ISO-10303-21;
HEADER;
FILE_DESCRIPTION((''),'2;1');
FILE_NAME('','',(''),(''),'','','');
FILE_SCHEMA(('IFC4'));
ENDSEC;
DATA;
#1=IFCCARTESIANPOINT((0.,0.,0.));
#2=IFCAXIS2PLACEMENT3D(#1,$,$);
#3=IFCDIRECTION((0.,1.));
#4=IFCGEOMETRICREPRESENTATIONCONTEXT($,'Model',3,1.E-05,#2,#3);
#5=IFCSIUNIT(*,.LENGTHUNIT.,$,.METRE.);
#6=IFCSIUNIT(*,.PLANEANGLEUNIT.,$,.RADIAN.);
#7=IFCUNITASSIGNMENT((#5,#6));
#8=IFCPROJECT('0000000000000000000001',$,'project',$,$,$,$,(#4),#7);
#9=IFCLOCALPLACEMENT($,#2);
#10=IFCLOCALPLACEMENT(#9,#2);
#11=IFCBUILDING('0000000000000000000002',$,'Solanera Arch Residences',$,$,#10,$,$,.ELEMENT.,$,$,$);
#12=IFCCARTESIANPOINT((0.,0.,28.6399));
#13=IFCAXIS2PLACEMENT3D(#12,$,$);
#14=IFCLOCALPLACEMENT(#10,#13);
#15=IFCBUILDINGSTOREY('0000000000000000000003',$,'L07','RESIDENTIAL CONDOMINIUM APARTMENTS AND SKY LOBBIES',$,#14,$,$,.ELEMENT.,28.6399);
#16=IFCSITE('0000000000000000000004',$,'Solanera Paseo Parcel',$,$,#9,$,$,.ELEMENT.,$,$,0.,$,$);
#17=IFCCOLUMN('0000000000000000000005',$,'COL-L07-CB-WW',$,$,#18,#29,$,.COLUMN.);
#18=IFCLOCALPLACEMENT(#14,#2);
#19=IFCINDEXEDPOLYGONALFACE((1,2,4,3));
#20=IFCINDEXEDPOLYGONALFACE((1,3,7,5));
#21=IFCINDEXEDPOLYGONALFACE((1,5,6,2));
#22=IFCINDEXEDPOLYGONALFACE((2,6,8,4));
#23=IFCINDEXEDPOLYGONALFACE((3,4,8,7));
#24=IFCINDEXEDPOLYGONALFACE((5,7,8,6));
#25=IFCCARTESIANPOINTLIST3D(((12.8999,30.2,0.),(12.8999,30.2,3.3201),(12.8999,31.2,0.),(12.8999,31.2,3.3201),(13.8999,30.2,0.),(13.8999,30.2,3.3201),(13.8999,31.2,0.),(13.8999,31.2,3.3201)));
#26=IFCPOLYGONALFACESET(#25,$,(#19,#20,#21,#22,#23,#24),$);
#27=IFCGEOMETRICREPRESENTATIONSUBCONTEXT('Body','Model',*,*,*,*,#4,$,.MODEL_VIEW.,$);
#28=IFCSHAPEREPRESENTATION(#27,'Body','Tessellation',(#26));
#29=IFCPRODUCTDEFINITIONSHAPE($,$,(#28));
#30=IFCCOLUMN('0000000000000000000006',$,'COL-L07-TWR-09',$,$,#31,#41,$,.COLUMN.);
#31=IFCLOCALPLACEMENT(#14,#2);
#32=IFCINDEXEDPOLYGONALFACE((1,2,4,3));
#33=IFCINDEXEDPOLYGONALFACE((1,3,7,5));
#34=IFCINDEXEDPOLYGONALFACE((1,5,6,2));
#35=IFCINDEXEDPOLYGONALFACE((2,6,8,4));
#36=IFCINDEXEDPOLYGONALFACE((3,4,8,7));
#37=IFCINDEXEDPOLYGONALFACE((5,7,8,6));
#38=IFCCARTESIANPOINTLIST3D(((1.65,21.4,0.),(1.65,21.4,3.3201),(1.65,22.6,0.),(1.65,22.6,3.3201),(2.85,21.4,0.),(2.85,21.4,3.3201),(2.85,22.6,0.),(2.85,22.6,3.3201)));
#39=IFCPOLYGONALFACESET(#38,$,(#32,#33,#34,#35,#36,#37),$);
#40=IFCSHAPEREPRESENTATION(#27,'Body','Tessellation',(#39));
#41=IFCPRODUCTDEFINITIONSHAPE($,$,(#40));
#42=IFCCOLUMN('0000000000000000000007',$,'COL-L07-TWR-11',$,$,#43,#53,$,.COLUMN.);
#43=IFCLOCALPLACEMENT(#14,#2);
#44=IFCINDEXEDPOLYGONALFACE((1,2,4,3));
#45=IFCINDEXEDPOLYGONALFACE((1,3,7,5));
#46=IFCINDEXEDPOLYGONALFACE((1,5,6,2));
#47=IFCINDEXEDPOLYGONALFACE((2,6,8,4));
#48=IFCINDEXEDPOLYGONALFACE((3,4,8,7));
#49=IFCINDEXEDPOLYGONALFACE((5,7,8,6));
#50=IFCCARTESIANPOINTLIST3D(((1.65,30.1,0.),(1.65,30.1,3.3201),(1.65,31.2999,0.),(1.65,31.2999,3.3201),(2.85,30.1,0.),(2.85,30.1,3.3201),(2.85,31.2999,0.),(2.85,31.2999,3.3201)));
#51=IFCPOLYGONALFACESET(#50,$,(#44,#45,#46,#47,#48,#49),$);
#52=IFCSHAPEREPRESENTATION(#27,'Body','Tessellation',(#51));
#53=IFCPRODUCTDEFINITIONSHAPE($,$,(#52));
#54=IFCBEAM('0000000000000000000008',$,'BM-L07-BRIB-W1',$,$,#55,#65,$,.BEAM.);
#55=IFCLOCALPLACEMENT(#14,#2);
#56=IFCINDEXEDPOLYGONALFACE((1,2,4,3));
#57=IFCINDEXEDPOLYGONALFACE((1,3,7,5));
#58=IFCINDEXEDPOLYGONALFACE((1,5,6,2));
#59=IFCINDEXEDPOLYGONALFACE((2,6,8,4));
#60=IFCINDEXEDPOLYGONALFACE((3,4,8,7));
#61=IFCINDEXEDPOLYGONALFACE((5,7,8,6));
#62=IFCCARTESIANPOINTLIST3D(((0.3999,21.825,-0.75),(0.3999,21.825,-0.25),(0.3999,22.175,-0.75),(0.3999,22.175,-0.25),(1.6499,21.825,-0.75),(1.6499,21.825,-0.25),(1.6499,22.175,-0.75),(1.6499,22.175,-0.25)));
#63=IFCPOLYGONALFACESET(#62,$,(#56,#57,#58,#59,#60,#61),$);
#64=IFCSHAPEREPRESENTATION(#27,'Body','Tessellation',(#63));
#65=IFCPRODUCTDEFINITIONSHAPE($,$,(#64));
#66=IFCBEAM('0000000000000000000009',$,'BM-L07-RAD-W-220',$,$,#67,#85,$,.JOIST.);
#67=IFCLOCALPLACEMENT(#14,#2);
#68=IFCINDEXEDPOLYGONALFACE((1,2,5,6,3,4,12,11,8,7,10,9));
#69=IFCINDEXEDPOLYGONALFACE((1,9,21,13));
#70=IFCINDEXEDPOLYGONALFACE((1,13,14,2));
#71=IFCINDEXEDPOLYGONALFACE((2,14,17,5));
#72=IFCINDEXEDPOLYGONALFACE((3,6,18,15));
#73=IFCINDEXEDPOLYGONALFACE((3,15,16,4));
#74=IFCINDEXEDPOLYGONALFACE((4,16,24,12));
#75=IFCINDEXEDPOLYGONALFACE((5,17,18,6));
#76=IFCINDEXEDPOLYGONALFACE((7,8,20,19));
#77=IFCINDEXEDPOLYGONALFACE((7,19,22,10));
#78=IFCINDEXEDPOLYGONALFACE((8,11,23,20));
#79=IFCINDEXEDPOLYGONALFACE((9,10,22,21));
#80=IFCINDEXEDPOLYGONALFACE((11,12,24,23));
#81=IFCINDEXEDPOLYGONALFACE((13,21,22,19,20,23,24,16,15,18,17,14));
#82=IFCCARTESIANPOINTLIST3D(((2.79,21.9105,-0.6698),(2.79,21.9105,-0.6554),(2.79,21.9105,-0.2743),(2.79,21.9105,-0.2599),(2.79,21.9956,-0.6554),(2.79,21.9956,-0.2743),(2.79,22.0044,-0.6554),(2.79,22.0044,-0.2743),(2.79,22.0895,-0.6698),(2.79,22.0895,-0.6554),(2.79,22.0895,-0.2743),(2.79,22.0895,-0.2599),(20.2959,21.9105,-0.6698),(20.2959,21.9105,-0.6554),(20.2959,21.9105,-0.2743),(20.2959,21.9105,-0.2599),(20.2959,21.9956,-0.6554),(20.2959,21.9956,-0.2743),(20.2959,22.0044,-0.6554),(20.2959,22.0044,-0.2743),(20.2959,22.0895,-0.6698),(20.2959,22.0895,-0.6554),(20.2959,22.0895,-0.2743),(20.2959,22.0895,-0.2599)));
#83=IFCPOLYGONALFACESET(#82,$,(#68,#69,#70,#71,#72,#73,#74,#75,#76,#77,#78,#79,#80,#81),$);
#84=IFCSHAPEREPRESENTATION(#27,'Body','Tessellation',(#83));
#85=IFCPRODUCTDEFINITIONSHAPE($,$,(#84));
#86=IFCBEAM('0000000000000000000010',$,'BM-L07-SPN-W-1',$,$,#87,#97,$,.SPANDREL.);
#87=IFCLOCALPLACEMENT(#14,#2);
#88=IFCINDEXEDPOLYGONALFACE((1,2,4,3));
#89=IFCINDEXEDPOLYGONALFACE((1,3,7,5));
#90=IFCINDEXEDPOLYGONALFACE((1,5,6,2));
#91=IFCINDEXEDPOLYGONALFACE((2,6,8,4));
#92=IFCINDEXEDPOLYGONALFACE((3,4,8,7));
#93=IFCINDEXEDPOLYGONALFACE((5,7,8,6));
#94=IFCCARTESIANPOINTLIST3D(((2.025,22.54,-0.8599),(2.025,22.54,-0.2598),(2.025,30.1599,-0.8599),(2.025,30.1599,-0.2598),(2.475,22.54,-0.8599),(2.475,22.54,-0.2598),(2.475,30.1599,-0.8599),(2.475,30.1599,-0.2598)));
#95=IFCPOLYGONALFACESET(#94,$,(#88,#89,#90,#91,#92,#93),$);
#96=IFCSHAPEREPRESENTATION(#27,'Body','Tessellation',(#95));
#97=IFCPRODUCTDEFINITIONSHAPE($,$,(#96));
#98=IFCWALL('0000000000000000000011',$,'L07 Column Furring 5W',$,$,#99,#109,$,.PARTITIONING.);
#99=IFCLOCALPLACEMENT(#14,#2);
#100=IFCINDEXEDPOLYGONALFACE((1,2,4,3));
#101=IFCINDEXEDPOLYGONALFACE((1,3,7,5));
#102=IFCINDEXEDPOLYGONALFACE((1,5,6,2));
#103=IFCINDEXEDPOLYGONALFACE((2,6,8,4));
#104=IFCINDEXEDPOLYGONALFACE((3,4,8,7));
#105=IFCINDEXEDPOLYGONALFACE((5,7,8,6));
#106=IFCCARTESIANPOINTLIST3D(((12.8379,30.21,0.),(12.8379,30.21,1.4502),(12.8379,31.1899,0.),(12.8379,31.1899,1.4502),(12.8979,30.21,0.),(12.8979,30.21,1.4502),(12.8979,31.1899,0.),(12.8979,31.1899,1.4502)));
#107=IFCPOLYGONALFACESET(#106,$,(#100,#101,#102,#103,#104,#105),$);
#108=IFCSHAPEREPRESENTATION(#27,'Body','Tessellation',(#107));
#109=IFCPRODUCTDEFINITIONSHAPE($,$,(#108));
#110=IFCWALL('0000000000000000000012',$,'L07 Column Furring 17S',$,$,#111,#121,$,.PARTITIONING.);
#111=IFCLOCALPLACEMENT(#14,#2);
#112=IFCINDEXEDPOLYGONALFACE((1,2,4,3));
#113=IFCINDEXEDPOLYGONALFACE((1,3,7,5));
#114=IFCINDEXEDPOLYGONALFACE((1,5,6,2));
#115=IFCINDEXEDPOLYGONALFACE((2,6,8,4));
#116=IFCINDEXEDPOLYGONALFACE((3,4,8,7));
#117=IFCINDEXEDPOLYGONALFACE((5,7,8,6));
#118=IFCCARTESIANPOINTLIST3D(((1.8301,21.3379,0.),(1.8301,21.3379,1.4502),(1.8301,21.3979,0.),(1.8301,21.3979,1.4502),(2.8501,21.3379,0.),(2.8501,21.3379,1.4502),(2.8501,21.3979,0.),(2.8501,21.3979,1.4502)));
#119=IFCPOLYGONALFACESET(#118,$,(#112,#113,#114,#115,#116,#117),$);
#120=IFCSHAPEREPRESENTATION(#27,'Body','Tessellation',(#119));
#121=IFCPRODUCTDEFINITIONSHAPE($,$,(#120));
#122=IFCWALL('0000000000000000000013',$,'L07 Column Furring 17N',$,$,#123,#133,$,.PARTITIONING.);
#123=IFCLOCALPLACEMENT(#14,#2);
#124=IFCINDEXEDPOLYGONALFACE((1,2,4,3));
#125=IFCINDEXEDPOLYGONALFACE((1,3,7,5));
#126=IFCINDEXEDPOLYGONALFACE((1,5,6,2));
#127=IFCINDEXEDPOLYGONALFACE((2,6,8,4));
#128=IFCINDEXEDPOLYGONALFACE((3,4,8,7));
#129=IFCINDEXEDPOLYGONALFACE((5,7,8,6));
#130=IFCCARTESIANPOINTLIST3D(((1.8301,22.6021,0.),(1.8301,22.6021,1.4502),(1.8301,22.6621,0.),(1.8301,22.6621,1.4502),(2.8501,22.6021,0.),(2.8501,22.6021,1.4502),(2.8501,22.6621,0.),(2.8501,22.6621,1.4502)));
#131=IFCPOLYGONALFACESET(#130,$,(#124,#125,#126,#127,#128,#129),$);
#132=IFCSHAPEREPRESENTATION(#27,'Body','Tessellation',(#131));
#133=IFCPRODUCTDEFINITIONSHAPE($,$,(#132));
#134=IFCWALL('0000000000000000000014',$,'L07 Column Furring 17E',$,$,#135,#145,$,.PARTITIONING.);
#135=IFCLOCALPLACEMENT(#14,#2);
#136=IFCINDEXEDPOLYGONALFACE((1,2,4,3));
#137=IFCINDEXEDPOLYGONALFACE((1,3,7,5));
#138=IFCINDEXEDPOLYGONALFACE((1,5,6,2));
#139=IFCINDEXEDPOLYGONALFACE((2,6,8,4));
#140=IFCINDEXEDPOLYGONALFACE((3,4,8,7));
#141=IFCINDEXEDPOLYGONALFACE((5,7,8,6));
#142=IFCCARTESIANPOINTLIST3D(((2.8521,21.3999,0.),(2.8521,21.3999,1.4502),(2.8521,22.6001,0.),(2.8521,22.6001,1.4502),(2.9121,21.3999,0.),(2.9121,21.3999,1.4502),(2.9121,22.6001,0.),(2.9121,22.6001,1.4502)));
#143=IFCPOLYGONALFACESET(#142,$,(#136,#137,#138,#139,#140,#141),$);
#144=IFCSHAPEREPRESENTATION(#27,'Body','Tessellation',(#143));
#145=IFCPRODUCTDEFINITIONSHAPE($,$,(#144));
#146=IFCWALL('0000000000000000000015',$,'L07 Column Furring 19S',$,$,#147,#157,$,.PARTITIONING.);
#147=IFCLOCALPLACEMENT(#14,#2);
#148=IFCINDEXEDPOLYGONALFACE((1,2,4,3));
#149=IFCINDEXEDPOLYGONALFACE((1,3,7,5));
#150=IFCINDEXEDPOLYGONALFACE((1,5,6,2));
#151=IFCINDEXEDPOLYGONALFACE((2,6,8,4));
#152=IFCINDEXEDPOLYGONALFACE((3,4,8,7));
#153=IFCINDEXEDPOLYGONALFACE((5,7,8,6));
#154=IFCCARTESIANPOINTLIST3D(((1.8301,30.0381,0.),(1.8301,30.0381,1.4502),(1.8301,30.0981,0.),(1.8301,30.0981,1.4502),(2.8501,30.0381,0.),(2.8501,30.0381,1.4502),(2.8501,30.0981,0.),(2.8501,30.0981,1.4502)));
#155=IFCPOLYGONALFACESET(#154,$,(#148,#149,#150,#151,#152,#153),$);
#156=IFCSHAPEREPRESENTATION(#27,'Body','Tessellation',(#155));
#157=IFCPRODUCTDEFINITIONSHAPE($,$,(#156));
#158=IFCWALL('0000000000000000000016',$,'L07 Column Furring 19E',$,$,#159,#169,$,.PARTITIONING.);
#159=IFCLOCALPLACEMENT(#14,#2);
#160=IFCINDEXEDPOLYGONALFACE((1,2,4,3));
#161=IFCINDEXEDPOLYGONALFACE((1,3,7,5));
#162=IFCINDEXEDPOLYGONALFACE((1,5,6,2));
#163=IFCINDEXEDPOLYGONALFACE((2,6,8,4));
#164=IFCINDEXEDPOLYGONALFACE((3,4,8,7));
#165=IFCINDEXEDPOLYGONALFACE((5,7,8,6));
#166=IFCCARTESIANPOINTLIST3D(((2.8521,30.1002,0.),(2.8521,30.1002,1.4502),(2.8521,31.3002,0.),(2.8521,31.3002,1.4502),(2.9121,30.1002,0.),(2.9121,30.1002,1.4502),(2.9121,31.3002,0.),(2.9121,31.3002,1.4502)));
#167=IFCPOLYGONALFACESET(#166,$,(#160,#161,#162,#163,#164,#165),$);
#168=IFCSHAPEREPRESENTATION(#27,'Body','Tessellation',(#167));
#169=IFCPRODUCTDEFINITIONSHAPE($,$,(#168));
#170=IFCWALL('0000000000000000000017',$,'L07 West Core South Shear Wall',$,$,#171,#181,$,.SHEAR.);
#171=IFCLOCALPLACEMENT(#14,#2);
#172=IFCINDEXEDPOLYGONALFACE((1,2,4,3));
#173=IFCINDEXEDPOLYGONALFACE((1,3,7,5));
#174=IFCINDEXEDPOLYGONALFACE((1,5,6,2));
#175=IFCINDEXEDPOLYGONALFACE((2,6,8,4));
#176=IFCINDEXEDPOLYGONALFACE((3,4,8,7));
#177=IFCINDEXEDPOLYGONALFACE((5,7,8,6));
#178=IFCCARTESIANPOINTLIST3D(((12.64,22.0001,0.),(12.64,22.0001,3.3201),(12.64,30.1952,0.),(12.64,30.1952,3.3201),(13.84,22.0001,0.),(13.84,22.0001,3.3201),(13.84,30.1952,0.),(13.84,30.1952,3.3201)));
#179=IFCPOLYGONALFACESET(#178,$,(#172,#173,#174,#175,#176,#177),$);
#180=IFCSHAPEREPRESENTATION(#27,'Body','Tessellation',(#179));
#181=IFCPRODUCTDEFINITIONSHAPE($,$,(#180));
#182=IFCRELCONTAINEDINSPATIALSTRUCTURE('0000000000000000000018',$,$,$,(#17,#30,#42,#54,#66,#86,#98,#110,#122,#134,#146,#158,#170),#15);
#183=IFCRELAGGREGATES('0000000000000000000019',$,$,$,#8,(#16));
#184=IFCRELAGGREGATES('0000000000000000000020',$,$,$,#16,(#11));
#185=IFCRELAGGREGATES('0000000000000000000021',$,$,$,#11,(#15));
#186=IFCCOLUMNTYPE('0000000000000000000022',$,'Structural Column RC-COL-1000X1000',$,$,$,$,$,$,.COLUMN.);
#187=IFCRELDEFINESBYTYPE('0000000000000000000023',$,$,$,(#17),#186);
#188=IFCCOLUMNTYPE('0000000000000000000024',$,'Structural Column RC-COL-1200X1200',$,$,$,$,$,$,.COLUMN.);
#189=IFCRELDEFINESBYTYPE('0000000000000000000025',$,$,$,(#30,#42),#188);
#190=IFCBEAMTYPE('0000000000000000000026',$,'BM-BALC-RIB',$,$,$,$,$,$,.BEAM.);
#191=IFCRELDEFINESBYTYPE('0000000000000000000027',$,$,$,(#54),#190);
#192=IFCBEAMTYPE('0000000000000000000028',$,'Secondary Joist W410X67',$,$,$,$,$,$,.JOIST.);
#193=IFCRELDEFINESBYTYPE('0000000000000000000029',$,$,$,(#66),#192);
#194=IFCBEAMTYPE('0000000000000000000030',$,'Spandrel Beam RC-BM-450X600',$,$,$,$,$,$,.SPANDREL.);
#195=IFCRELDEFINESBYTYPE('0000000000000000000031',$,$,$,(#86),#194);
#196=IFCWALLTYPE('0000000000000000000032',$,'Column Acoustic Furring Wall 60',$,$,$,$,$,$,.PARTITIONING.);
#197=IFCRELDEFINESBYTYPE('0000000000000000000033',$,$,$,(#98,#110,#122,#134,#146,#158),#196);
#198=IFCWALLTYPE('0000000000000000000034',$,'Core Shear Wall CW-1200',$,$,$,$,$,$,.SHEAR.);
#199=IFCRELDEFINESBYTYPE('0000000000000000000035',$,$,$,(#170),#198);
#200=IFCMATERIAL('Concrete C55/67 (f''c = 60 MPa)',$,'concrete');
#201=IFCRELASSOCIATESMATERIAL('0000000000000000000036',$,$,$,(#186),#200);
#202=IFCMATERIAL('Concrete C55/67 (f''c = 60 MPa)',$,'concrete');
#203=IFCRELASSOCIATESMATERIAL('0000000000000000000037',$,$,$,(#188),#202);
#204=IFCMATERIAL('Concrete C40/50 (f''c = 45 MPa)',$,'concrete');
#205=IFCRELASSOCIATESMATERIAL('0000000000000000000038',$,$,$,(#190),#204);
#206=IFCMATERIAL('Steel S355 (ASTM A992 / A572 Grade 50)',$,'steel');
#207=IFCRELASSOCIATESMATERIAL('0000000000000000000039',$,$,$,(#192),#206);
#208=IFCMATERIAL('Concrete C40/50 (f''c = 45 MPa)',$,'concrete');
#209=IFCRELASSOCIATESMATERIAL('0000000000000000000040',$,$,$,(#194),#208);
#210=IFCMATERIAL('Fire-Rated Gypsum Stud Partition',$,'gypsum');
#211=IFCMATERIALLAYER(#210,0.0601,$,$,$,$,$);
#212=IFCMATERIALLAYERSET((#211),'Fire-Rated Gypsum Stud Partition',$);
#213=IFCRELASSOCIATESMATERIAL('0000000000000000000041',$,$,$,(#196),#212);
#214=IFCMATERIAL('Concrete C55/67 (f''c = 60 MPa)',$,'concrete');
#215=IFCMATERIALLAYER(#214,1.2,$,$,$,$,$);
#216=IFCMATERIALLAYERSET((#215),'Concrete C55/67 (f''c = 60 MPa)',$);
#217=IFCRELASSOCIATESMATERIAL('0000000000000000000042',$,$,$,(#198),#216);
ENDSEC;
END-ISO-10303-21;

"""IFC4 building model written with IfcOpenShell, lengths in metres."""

from ifc_helpers import new_model, si_unit, direction, frame, frame_2d, origin, origin_2d, place, context, subcontext, project, spatial, rectangle, i_section, extrude, material, layer, layer_set, material_profile, profile_set, type_object, element, save


model = new_model("IFC4")

# Units and contexts
model_context = context("Model", 3, precision=1e-05, world=origin(), true_north=direction((0.0, 1.0)))
body_context = subcontext(model_context, "Body", "Model", "MODEL_VIEW")
ifc_project = project(units=[si_unit("LENGTHUNIT", "METRE"), si_unit("PLANEANGLEUNIT", "RADIAN")], contexts=[model_context])

# Site, building, storey
site_placement = place(None, origin())
site = spatial("IfcSite", under=ifc_project, at=site_placement, Name="Solanera Paseo Parcel", CompositionType="ELEMENT", RefElevation=0.0)
building_placement = place(site_placement, origin())
building = spatial("IfcBuilding", under=site, at=building_placement, Name="Solanera Arch Residences", CompositionType="ELEMENT")
storey_placement = place(building_placement, frame((0.0, 0.0, 28.6399)))
storey = spatial("IfcBuildingStorey", under=building, at=storey_placement, Name="L07", Description="RESIDENTIAL CONDOMINIUM APARTMENTS AND SKY LOBBIES", CompositionType="ELEMENT", Elevation=28.6399)

# Columns
ifc_material_1 = material(Name="Concrete C55/67 (f'c = 60 MPa)", Category="concrete")
ifc_material_profile_1 = material_profile(ifc_material_1, rectangle(XDim=1.0, YDim=1.0, at=origin_2d()))
ifc_profile_set_1 = profile_set([ifc_material_profile_1], Name="Concrete C55/67 (f'c = 60 MPa)")
column_type_1 = type_object("IfcColumnType", Name="Structural Column RC-COL-1000X1000", PredefinedType="COLUMN", material=ifc_profile_set_1)
column_placement = place(storey_placement, frame((13.3999, 30.7, 0.0), z_axis=(0.0, 0.0, 1.0), x_axis=(1.0, 0.0, 0.0)))
element("IfcColumn", 1, at=column_placement, inside=storey, type_object=column_type_1, Name="COL-L07-CB-WW", PredefinedType="COLUMN", context=body_context, shape_type="SweptSolid", body=[
    extrude(rectangle(XDim=1.0, YDim=1.0, at=origin_2d()), origin(), (0.0, 0.0, 1.0), 3.3201),
])
ifc_material_2 = material(Name="Concrete C55/67 (f'c = 60 MPa)", Category="concrete")
ifc_material_profile_2 = material_profile(ifc_material_2, rectangle(XDim=1.2, YDim=1.2, at=origin_2d()))
ifc_profile_set_2 = profile_set([ifc_material_profile_2], Name="Concrete C55/67 (f'c = 60 MPa)")
column_type_2 = type_object("IfcColumnType", Name="Structural Column RC-COL-1200X1200", PredefinedType="COLUMN", material=ifc_profile_set_2)
for number, where, z_axis, x_axis, name in (
    (2, (2.25, 22.0, 0.0), (0.0, 0.0, 1.0), (1.0, 0.0, 0.0), "COL-L07-TWR-09"),
    (3, (2.25, 30.7, 0.0), (0.0, 0.0, 1.0), (1.0, 0.0, 0.0), "COL-L07-TWR-11"),
):
    element("IfcColumn", number, at=place(storey_placement, frame(where, z_axis=z_axis, x_axis=x_axis)), inside=storey, type_object=column_type_2, Name=name, PredefinedType="COLUMN", context=body_context, shape_type="SweptSolid", body=[
        extrude(rectangle(XDim=1.2, YDim=1.2, at=origin_2d()), origin(), (0.0, 0.0, 1.0), 3.3201),
    ])

# Beams
ifc_material_3 = material(Name="Concrete C40/50 (f'c = 45 MPa)", Category="concrete")
ifc_material_profile_3 = material_profile(ifc_material_3, rectangle(XDim=0.3501, YDim=0.5, at=origin_2d()))
ifc_profile_set_3 = profile_set([ifc_material_profile_3], Name="Concrete C40/50 (f'c = 45 MPa)")
beam_type_1 = type_object("IfcBeamType", Name="BM-BALC-RIB", PredefinedType="BEAM", material=ifc_profile_set_3)
beam_1_placement = place(storey_placement, frame((0.3999, 22.0, -0.5), z_axis=(1.0, 0.0, 0.0), x_axis=(0.0, 1.0, 0.0)))
element("IfcBeam", 4, at=beam_1_placement, inside=storey, type_object=beam_type_1, Name="BM-L07-BRIB-W1", PredefinedType="BEAM", context=body_context, shape_type="SweptSolid", body=[
    extrude(rectangle(XDim=0.3501, YDim=0.5, at=origin_2d()), origin(), (0.0, 0.0, 1.0), 1.25),
])
ifc_material_4 = material(Name="Steel S355 (ASTM A992 / A572 Grade 50)", Category="steel")
ifc_material_profile_4 = material_profile(ifc_material_4, i_section(OverallWidth=0.179, OverallDepth=0.4099, WebThickness=0.0088, FlangeThickness=0.0144, at=origin_2d()))
ifc_profile_set_4 = profile_set([ifc_material_profile_4], Name="Steel S355 (ASTM A992 / A572 Grade 50)")
beam_type_2 = type_object("IfcBeamType", Name="Secondary Joist W410X67", PredefinedType="JOIST", material=ifc_profile_set_4)
beam_2_placement = place(storey_placement, frame((2.79, 22.0, -0.4648), z_axis=(1.0, 0.0, 0.0), x_axis=(0.0, 1.0, 0.0)))
element("IfcBeam", 5, at=beam_2_placement, inside=storey, type_object=beam_type_2, Name="BM-L07-RAD-W-220", PredefinedType="JOIST", context=body_context, shape_type="SweptSolid", body=[
    extrude(i_section(OverallWidth=0.179, OverallDepth=0.4099, WebThickness=0.0088, FlangeThickness=0.0144, at=origin_2d()), origin(), (0.0, 0.0, 1.0), 17.5059),
])
ifc_material_5 = material(Name="Concrete C40/50 (f'c = 45 MPa)", Category="concrete")
ifc_material_profile_5 = material_profile(ifc_material_5, rectangle(XDim=0.45, YDim=0.6001, at=origin_2d()))
ifc_profile_set_5 = profile_set([ifc_material_profile_5], Name="Concrete C40/50 (f'c = 45 MPa)")
beam_type_3 = type_object("IfcBeamType", Name="Spandrel Beam RC-BM-450X600", PredefinedType="SPANDREL", material=ifc_profile_set_5)
beam_3_placement = place(storey_placement, frame((2.25, 22.54, -0.5598), z_axis=(0.0, 1.0, 0.0), x_axis=(-1.0, 0.0, 0.0)))
element("IfcBeam", 6, at=beam_3_placement, inside=storey, type_object=beam_type_3, Name="BM-L07-SPN-W-1", PredefinedType="SPANDREL", context=body_context, shape_type="SweptSolid", body=[
    extrude(rectangle(XDim=0.45, YDim=0.6001, at=origin_2d()), origin(), (0.0, 0.0, 1.0), 7.6199),
])

# Walls
ifc_material_6 = material(Name="Fire-Rated Gypsum Stud Partition", Category="gypsum")
ifc_layer_1 = layer(ifc_material_6, 0.0601)
ifc_layer_set_1 = layer_set([ifc_layer_1], Name="Fire-Rated Gypsum Stud Partition")
wall_type_1 = type_object("IfcWallType", Name="Column Acoustic Furring Wall 60", PredefinedType="PARTITIONING", material=ifc_layer_set_1)
wall_1_placement = place(storey_placement, frame((12.8679, 30.21, 0.0), z_axis=(0.0, 0.0, 1.0), x_axis=(0.0, 1.0, 0.0)))
element("IfcWall", 7, at=wall_1_placement, inside=storey, type_object=wall_type_1, Name="L07 Column Furring 5W", PredefinedType="PARTITIONING", context=body_context, shape_type="SweptSolid", body=[
    extrude(rectangle(XDim=0.98, YDim=0.0601, at=frame_2d((0.49, 0.0))), origin(), (0.0, 0.0, 1.0), 1.4502),
])
for number, where, z_axis, x_axis, name in (
    (8, (1.8301, 21.3679, 0.0), (0.0, 0.0, 1.0), (1.0, 0.0, 0.0), "L07 Column Furring 17S"),
    (9, (1.8301, 22.6321, 0.0), (0.0, 0.0, 1.0), (1.0, 0.0, 0.0), "L07 Column Furring 17N"),
):
    element("IfcWall", number, at=place(storey_placement, frame(where, z_axis=z_axis, x_axis=x_axis)), inside=storey, type_object=wall_type_1, Name=name, PredefinedType="PARTITIONING", context=body_context, shape_type="SweptSolid", body=[
        extrude(rectangle(XDim=1.02, YDim=0.0601, at=frame_2d((0.51, 0.0))), origin(), (0.0, 0.0, 1.0), 1.4502),
    ])
wall_2_placement = place(storey_placement, frame((2.8821, 21.3999, 0.0), z_axis=(0.0, 0.0, 1.0), x_axis=(0.0, 1.0, 0.0)))
element("IfcWall", 10, at=wall_2_placement, inside=storey, type_object=wall_type_1, Name="L07 Column Furring 17E", PredefinedType="PARTITIONING", context=body_context, shape_type="SweptSolid", body=[
    extrude(rectangle(XDim=1.2002, YDim=0.0601, at=frame_2d((0.6001, 0.0))), origin(), (0.0, 0.0, 1.0), 1.4502),
])
wall_3_placement = place(storey_placement, frame((1.8301, 30.0681, 0.0), z_axis=(0.0, 0.0, 1.0), x_axis=(1.0, 0.0, 0.0)))
element("IfcWall", 11, at=wall_3_placement, inside=storey, type_object=wall_type_1, Name="L07 Column Furring 19S", PredefinedType="PARTITIONING", context=body_context, shape_type="SweptSolid", body=[
    extrude(rectangle(XDim=1.02, YDim=0.0601, at=frame_2d((0.51, 0.0))), origin(), (0.0, 0.0, 1.0), 1.4502),
])
wall_4_placement = place(storey_placement, frame((2.8821, 30.1001, 0.0), z_axis=(0.0, 0.0, 1.0), x_axis=(0.0, 1.0, 0.0)))
element("IfcWall", 12, at=wall_4_placement, inside=storey, type_object=wall_type_1, Name="L07 Column Furring 19E", PredefinedType="PARTITIONING", context=body_context, shape_type="SweptSolid", body=[
    extrude(rectangle(XDim=1.2, YDim=0.0601, at=frame_2d((0.6001, 0.0))), origin(), (0.0, 0.0, 1.0), 1.4502),
])
ifc_material_7 = material(Name="Concrete C55/67 (f'c = 60 MPa)", Category="concrete")
ifc_layer_2 = layer(ifc_material_7, 1.2)
ifc_layer_set_2 = layer_set([ifc_layer_2], Name="Concrete C55/67 (f'c = 60 MPa)")
wall_type_2 = type_object("IfcWallType", Name="Core Shear Wall CW-1200", PredefinedType="SHEAR", material=ifc_layer_set_2)
wall_5_placement = place(storey_placement, frame((13.24, 22.0, 0.0), z_axis=(0.0, 0.0, 1.0), x_axis=(0.0, 1.0, 0.0)))
element("IfcWall", 13, at=wall_5_placement, inside=storey, type_object=wall_type_2, Name="L07 West Core South Shear Wall", PredefinedType="SHEAR", context=body_context, shape_type="SweptSolid", body=[
    extrude(rectangle(XDim=8.1951, YDim=1.2, at=frame_2d((4.0977, 0.0))), origin(), (0.0, 0.0, 1.0), 3.3201),
])

save(model, "model.ifc")
